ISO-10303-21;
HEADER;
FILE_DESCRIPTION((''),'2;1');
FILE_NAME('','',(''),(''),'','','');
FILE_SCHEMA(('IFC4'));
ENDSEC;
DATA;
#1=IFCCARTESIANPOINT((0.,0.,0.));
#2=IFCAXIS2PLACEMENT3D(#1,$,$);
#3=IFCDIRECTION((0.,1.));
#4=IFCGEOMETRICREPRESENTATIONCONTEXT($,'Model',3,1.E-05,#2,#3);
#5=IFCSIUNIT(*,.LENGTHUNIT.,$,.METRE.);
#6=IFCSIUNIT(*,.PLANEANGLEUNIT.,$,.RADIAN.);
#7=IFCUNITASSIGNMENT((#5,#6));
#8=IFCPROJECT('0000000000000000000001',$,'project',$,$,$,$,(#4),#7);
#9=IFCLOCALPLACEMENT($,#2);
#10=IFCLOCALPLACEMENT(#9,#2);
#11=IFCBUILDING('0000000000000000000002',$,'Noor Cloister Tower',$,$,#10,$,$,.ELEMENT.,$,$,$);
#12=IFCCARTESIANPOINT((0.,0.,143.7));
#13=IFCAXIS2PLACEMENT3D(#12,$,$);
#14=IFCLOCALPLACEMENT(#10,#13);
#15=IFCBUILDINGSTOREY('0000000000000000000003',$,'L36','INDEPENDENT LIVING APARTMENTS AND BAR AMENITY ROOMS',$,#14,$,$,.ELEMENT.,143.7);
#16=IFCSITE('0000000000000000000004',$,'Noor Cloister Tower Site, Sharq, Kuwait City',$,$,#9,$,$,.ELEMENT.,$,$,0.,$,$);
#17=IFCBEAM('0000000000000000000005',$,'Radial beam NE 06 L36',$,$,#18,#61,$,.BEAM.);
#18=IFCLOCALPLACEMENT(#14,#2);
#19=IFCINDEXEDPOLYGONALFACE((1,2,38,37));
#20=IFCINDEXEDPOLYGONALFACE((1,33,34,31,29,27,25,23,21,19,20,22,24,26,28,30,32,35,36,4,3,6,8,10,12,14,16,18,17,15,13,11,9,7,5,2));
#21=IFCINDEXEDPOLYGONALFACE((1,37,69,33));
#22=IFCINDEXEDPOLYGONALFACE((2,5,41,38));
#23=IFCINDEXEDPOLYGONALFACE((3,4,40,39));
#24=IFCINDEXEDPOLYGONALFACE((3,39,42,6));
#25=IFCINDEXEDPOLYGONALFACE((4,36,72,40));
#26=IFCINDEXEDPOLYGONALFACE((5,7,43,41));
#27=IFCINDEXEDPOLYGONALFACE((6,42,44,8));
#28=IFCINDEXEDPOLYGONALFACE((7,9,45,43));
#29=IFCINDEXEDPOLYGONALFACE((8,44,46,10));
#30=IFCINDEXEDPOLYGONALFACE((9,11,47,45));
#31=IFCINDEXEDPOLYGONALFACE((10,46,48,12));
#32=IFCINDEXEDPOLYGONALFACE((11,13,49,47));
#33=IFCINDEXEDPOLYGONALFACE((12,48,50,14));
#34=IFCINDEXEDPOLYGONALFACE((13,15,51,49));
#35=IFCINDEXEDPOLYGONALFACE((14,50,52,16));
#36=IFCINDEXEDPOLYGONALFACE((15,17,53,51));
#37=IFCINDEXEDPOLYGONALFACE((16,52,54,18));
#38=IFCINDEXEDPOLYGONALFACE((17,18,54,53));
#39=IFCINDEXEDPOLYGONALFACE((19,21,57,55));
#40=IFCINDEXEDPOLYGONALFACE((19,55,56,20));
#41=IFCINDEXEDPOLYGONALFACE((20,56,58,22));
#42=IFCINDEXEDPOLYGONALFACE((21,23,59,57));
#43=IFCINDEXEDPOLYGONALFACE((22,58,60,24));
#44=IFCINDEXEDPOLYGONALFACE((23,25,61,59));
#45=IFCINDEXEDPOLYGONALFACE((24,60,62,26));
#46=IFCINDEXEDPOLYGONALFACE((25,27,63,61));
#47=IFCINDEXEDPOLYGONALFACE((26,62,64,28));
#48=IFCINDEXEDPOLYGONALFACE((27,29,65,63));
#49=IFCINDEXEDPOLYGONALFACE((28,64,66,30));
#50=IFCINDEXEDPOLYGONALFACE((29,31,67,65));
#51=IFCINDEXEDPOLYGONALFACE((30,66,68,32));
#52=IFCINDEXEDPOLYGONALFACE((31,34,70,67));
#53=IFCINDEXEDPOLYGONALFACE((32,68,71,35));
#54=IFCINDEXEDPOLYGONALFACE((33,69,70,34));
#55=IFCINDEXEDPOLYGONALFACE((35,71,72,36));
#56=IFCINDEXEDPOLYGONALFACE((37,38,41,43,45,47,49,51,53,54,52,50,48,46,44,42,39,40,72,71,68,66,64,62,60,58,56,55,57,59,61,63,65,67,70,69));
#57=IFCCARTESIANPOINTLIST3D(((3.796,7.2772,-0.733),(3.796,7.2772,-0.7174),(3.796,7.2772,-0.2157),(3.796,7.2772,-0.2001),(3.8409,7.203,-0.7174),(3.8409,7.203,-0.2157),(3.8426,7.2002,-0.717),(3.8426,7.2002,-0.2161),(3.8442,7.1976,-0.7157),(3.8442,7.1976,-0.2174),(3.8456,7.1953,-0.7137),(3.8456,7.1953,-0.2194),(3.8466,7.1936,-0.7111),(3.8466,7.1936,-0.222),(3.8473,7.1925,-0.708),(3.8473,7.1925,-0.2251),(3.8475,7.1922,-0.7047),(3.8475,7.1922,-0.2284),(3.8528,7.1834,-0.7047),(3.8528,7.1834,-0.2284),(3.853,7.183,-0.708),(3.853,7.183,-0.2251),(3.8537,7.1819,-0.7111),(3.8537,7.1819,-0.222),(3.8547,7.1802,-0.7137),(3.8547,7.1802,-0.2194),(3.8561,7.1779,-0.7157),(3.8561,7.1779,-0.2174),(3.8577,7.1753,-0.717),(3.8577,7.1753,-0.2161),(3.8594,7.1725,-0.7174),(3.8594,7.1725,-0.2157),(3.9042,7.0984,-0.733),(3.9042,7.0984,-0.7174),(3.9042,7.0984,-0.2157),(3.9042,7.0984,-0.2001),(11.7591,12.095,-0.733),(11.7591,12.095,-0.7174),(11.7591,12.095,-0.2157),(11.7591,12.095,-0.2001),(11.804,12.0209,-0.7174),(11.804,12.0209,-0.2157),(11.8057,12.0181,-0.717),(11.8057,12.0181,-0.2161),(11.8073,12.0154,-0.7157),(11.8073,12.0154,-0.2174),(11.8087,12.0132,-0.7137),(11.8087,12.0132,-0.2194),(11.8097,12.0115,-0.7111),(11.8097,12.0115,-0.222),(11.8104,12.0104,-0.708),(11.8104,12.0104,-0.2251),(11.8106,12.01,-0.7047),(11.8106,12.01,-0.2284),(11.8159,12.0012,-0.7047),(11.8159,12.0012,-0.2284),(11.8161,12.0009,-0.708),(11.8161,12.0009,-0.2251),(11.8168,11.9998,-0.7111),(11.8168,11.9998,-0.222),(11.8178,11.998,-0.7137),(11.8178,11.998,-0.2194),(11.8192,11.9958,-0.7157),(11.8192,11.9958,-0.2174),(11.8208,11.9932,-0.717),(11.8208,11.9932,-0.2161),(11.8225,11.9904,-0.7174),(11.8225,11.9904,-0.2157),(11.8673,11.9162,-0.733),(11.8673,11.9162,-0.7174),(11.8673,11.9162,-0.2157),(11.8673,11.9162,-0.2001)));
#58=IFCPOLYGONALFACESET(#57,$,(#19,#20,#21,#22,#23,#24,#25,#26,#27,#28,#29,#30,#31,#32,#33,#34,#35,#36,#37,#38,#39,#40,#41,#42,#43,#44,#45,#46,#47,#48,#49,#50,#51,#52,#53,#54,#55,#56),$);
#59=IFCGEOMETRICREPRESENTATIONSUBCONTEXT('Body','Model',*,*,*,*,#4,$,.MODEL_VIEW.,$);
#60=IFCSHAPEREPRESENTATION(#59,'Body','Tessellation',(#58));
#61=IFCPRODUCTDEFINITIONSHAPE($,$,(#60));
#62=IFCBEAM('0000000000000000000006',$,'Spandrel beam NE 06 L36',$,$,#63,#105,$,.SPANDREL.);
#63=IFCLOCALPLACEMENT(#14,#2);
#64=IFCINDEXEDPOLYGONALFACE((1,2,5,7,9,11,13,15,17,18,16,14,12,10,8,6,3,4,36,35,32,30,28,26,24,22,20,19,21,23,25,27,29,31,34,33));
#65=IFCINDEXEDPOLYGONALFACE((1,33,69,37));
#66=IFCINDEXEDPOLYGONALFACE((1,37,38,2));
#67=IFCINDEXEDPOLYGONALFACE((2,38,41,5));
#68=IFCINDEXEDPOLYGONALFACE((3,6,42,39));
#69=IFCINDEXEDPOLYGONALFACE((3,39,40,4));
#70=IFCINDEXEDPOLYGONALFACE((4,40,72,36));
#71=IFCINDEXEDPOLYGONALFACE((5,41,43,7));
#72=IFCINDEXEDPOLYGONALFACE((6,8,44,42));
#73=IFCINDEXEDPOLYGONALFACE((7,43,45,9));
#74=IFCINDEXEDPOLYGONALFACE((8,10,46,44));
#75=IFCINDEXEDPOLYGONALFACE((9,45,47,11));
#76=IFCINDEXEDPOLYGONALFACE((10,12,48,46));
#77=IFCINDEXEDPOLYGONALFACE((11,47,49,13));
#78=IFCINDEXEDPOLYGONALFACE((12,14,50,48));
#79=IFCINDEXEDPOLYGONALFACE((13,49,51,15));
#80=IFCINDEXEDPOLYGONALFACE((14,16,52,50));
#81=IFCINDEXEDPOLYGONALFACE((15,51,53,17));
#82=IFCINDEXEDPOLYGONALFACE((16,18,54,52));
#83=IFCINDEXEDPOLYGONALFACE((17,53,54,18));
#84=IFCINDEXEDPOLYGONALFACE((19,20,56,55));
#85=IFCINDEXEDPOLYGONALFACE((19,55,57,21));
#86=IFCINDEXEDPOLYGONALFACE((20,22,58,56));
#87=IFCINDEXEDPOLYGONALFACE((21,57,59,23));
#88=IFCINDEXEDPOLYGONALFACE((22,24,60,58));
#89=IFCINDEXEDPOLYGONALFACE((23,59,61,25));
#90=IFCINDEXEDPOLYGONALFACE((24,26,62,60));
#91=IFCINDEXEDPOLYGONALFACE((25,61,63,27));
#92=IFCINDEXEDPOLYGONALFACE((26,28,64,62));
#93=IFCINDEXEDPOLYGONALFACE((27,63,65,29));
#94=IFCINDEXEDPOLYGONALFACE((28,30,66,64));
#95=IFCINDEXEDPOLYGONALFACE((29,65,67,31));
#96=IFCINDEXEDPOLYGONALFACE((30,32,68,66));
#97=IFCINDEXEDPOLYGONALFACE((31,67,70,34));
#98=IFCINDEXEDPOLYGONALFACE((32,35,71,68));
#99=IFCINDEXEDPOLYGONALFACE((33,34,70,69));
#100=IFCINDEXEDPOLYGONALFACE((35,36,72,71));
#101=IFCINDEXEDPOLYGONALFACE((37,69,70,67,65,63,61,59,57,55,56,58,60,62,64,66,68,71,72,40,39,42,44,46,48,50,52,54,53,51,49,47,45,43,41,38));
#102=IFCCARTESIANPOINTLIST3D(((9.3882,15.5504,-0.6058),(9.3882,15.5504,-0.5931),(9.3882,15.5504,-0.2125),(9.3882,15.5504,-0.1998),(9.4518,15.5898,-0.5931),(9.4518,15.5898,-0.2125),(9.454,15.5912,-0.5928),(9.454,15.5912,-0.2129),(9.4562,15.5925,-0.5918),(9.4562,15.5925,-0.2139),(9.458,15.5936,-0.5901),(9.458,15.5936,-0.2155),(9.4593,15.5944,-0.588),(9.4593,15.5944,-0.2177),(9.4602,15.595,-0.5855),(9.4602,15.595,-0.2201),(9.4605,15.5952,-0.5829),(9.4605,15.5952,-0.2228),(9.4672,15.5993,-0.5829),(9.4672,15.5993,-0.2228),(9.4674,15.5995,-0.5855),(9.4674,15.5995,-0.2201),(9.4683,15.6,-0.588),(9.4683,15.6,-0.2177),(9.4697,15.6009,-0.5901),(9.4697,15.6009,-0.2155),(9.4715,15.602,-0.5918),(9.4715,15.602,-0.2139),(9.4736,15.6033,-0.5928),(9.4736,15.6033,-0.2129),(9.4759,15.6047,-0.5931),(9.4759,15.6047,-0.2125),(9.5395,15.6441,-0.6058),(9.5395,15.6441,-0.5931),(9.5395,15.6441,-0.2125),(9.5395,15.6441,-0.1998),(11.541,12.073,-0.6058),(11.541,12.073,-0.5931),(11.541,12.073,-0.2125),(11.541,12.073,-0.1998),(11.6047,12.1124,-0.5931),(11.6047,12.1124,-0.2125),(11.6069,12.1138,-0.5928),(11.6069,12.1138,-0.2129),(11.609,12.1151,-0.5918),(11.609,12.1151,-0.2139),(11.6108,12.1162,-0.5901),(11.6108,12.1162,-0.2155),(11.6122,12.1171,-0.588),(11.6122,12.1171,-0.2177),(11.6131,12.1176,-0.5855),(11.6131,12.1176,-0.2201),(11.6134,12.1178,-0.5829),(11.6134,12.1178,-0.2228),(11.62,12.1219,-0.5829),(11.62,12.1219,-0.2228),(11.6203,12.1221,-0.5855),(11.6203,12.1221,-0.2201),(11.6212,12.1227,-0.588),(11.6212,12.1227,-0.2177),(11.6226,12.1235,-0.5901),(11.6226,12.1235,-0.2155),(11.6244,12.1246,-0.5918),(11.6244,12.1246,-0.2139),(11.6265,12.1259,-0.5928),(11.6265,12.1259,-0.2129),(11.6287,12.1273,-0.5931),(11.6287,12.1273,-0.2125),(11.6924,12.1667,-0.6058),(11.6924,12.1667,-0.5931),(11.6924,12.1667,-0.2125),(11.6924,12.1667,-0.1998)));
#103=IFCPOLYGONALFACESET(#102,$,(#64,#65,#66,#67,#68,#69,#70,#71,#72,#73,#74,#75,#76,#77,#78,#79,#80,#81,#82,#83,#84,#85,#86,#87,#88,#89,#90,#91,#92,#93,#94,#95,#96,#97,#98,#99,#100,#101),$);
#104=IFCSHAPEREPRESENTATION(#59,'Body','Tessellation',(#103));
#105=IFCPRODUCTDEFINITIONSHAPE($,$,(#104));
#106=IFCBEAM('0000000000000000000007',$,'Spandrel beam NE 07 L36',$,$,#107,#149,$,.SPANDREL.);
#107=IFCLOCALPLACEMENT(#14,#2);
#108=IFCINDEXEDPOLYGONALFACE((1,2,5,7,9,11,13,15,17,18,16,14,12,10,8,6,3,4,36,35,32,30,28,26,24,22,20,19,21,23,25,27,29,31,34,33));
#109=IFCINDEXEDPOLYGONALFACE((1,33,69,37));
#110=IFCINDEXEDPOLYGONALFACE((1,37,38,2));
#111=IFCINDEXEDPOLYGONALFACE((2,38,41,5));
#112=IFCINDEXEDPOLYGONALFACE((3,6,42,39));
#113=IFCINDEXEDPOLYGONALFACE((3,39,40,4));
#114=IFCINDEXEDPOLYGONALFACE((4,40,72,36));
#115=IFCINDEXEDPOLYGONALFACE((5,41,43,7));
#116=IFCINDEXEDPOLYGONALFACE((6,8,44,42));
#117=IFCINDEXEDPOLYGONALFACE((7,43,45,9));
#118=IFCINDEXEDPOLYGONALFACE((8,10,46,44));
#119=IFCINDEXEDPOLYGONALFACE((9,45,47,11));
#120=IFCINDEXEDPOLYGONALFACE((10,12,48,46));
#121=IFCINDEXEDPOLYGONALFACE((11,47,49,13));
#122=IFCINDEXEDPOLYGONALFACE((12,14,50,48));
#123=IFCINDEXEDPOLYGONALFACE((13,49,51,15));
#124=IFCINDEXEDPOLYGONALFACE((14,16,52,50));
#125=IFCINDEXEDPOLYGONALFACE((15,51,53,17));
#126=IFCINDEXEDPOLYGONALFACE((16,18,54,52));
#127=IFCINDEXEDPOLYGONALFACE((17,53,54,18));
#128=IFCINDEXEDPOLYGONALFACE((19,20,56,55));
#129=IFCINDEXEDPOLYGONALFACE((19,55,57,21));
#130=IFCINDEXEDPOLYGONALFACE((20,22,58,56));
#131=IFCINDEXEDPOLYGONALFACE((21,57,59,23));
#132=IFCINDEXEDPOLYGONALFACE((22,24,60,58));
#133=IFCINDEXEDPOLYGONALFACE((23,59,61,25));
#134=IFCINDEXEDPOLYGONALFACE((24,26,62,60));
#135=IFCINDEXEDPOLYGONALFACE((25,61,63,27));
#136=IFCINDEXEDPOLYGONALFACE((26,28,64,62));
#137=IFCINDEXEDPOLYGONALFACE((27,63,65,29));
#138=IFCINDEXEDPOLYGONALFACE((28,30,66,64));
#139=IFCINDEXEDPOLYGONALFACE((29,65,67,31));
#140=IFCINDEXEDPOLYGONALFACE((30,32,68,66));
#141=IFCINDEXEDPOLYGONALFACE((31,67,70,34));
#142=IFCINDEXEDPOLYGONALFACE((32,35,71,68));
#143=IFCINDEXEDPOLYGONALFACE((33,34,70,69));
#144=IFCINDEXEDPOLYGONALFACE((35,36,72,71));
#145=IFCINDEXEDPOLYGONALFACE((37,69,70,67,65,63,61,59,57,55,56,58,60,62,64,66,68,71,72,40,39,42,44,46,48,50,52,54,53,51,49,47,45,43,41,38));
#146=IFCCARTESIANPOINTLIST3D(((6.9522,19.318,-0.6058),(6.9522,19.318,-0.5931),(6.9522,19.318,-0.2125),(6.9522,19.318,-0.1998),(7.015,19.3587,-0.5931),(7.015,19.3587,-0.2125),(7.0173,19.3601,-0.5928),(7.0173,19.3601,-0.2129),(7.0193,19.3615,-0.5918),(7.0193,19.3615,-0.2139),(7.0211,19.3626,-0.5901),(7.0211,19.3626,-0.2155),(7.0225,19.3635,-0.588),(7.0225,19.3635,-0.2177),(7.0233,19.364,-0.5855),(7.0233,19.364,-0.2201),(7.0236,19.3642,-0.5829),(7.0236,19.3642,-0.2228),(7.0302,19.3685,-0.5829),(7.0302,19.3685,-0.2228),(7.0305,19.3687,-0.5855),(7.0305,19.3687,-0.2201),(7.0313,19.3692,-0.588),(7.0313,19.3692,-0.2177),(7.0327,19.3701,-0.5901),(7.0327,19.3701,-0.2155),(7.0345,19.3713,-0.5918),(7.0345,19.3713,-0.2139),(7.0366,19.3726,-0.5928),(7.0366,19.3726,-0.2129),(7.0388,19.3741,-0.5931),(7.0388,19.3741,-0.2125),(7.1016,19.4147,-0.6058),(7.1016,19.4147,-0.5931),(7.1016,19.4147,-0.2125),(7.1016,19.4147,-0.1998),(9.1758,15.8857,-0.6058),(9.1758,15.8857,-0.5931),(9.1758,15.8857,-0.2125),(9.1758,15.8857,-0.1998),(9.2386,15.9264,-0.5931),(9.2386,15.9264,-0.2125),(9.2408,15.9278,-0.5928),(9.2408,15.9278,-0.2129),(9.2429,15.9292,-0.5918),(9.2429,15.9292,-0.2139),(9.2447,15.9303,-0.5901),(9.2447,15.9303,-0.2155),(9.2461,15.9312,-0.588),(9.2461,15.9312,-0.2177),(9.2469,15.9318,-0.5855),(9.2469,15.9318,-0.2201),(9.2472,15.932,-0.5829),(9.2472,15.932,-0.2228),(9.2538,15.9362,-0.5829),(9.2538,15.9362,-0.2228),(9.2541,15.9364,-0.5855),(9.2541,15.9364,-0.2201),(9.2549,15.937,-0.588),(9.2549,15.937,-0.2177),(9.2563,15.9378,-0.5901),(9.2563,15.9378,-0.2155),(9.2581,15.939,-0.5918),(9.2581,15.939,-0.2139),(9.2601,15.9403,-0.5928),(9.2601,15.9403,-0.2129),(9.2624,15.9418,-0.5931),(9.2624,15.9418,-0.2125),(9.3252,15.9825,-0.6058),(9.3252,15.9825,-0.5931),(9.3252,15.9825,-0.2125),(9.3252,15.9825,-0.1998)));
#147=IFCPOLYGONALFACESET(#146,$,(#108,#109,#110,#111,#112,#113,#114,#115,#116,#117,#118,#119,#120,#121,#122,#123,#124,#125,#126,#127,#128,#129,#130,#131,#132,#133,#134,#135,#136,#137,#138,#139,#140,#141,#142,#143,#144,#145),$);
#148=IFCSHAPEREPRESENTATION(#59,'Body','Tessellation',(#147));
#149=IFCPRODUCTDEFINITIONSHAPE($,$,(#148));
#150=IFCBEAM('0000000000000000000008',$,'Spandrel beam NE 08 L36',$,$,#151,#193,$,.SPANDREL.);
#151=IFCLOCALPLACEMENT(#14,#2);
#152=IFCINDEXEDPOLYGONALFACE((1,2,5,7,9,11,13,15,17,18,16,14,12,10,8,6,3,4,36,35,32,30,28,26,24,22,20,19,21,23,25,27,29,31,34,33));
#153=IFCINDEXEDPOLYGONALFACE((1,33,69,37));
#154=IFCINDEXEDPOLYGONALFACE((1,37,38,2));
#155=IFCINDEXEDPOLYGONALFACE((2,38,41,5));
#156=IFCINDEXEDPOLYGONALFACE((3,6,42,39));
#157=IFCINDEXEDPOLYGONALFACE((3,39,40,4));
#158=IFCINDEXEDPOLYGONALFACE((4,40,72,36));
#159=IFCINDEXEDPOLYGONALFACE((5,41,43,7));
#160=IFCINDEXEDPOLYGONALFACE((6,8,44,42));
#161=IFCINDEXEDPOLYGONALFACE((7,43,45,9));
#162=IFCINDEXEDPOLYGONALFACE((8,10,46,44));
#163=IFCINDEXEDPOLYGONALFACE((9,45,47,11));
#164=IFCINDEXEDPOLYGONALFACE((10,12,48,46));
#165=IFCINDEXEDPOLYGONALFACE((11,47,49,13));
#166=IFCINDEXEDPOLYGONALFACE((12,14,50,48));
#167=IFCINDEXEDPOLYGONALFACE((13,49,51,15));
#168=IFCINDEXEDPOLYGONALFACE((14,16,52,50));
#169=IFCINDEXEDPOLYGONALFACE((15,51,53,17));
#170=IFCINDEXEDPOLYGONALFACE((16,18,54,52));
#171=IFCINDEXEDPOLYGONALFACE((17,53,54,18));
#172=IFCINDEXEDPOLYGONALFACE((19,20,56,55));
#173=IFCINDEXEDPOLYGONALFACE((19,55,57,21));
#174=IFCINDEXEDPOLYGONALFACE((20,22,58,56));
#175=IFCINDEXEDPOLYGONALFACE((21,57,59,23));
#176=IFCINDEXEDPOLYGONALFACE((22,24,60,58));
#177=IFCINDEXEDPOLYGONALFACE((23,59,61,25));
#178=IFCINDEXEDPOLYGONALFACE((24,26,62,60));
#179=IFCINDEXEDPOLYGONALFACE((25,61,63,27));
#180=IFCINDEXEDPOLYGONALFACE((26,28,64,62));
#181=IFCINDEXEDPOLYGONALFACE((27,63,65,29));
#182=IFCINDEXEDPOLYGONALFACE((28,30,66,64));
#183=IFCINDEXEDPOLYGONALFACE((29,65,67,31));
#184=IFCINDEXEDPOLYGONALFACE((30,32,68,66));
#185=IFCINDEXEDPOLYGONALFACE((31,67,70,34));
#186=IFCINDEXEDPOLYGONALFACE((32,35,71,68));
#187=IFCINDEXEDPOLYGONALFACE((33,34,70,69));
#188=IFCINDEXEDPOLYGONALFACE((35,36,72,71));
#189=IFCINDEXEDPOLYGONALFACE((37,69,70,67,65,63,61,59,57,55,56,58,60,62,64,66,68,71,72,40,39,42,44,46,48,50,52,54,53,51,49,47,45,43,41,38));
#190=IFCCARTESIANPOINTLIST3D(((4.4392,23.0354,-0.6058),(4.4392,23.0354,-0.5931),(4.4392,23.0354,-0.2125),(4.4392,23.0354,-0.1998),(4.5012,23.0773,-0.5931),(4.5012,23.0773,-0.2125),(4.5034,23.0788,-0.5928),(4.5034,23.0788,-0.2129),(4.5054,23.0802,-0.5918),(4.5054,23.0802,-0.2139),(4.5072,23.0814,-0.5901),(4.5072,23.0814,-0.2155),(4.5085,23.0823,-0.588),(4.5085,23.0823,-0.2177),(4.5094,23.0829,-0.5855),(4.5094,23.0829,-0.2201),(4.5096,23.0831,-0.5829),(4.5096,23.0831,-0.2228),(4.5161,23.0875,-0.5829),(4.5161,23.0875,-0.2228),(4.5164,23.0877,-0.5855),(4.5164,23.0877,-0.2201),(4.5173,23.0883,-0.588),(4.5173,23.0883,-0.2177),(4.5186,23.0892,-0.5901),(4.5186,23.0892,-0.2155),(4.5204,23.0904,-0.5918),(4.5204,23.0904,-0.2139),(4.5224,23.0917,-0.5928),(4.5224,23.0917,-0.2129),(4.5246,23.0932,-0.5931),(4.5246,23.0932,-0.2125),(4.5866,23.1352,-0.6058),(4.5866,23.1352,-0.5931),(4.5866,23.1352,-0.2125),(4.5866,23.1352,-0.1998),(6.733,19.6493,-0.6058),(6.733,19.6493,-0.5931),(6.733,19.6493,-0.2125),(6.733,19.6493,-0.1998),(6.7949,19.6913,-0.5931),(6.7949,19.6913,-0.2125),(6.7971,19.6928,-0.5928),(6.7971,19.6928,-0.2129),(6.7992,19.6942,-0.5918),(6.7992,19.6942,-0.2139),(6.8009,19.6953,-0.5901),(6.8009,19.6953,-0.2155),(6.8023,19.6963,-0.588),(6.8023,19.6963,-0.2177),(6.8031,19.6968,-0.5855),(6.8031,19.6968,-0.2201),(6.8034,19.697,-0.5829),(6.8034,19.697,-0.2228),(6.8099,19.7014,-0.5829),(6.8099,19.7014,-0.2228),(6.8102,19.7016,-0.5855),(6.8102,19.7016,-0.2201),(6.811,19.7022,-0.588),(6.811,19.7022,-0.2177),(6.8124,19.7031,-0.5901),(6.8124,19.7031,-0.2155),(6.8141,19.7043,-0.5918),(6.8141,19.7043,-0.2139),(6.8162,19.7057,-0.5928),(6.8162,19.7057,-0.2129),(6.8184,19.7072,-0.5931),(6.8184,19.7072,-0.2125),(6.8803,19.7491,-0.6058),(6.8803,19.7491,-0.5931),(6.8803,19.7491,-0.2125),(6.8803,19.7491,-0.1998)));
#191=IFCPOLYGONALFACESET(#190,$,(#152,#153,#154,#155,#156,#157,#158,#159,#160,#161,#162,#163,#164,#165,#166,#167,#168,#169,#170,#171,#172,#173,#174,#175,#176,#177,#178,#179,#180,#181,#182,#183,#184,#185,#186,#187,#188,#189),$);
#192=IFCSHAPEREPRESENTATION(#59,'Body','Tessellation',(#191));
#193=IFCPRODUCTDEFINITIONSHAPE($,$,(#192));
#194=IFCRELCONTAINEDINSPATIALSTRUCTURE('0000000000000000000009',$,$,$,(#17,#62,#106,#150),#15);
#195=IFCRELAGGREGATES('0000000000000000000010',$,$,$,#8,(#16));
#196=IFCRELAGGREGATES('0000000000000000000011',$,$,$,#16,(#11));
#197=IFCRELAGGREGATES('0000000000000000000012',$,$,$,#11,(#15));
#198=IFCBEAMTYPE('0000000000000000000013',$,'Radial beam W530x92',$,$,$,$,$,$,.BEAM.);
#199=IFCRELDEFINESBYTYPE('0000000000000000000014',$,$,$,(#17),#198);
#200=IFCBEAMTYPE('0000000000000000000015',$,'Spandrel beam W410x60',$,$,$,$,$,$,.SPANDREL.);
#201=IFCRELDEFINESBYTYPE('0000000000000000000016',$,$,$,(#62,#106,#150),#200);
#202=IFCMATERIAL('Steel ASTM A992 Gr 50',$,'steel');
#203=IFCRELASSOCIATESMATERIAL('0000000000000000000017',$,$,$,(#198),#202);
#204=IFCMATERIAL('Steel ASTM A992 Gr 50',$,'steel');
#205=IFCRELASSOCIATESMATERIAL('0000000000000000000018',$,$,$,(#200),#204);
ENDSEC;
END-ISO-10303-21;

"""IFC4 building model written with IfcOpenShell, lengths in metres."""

from ifc_helpers import new_model, si_unit, direction, frame, origin, origin_2d, place, context, subcontext, project, spatial, i_section, extrude, material, material_profile, profile_set, type_object, element, save


model = new_model("IFC4")

# Units and contexts
model_context = context("Model", 3, precision=1e-05, world=origin(), true_north=direction((0.0, 1.0)))
body_context = subcontext(model_context, "Body", "Model", "MODEL_VIEW")
ifc_project = project(units=[si_unit("LENGTHUNIT", "METRE"), si_unit("PLANEANGLEUNIT", "RADIAN")], contexts=[model_context])

# Site, building, storey
site_placement = place(None, origin())
site = spatial("IfcSite", under=ifc_project, at=site_placement, Name="Noor Cloister Tower Site, Sharq, Kuwait City", CompositionType="ELEMENT", RefElevation=0.0)
building_placement = place(site_placement, origin())
building = spatial("IfcBuilding", under=site, at=building_placement, Name="Noor Cloister Tower", CompositionType="ELEMENT")
storey_placement = place(building_placement, frame((0.0, 0.0, 143.7)))
storey = spatial("IfcBuildingStorey", under=building, at=storey_placement, Name="L36", Description="INDEPENDENT LIVING APARTMENTS AND BAR AMENITY ROOMS", CompositionType="ELEMENT", Elevation=143.7)

# Beams
ifc_material_1 = material(Name="Steel ASTM A992 Gr 50", Category="steel")
ifc_material_profile_1 = material_profile(ifc_material_1, i_section(OverallWidth=0.209, OverallDepth=0.533, WebThickness=0.0103, FlangeThickness=0.0156, FilletRadius=0.0127, at=origin_2d()), Name="W530x92")
ifc_profile_set_1 = profile_set([ifc_material_profile_1], Name="Steel ASTM A992 Gr 50")
beam_type_1 = type_object("IfcBeamType", Name="Radial beam W530x92", PredefinedType="BEAM", material=ifc_profile_set_1)
beam_1_placement = place(storey_placement, frame((11.8132, 12.0056, -0.4666), z_axis=(-0.855591, -0.517652, 0.0), x_axis=(0.517652, -0.855591, 0.0)))
element("IfcBeam", 1, at=beam_1_placement, inside=storey, type_object=beam_type_1, Name="Radial beam NE 06 L36", PredefinedType="BEAM", context=body_context, shape_type="SweptSolid", body=[
    extrude(i_section(OverallWidth=0.209, OverallDepth=0.533, WebThickness=0.0103, FlangeThickness=0.0156, FilletRadius=0.0127, at=origin_2d()), origin(), (0.0, 0.0, 1.0), 9.3071),
])
ifc_material_2 = material(Name="Steel ASTM A992 Gr 50", Category="steel")
ifc_material_profile_2 = material_profile(ifc_material_2, i_section(OverallWidth=0.178, OverallDepth=0.406, WebThickness=0.0078, FlangeThickness=0.0127, FilletRadius=0.0103, at=origin_2d()), Name="W410x60")
ifc_profile_set_2 = profile_set([ifc_material_profile_2], Name="Steel ASTM A992 Gr 50")
beam_type_2 = type_object("IfcBeamType", Name="Spandrel beam W410x60", PredefinedType="SPANDREL", material=ifc_profile_set_2)
beam_2_placement = place(storey_placement, frame((11.6167, 12.1199, -0.4028), z_axis=(-0.526394, 0.850241, 0.0), x_axis=(-0.850241, -0.526394, 0.0)))
element("IfcBeam", 2, at=beam_2_placement, inside=storey, type_object=beam_type_2, Name="Spandrel beam NE 06 L36", PredefinedType="SPANDREL", context=body_context, shape_type="SweptSolid", body=[
    extrude(i_section(OverallWidth=0.178, OverallDepth=0.406, WebThickness=0.0078, FlangeThickness=0.0127, FilletRadius=0.0103, at=origin_2d()), origin(), (0.0, 0.0, 1.0), 4.0898),
])
beam_3_placement = place(storey_placement, frame((9.2505, 15.9341, -0.4028), z_axis=(-0.543714, 0.839271, 0.0), x_axis=(-0.839271, -0.543714, 0.0)))
element("IfcBeam", 3, at=beam_3_placement, inside=storey, type_object=beam_type_2, Name="Spandrel beam NE 07 L36", PredefinedType="SPANDREL", context=body_context, shape_type="SweptSolid", body=[
    extrude(i_section(OverallWidth=0.178, OverallDepth=0.406, WebThickness=0.0078, FlangeThickness=0.0127, FilletRadius=0.0103, at=origin_2d()), origin(), (0.0, 0.0, 1.0), 4.0896),
])
beam_4_placement = place(storey_placement, frame((6.8066, 19.6992, -0.4028), z_axis=(-0.560843, 0.827922, 0.0), x_axis=(-0.827922, -0.560843, 0.0)))
element("IfcBeam", 4, at=beam_4_placement, inside=storey, type_object=beam_type_2, Name="Spandrel beam NE 08 L36", PredefinedType="SPANDREL", context=body_context, shape_type="SweptSolid", body=[
    extrude(i_section(OverallWidth=0.178, OverallDepth=0.406, WebThickness=0.0078, FlangeThickness=0.0127, FilletRadius=0.0103, at=origin_2d()), origin(), (0.0, 0.0, 1.0), 4.0898),
])

save(model, "model.ifc")
